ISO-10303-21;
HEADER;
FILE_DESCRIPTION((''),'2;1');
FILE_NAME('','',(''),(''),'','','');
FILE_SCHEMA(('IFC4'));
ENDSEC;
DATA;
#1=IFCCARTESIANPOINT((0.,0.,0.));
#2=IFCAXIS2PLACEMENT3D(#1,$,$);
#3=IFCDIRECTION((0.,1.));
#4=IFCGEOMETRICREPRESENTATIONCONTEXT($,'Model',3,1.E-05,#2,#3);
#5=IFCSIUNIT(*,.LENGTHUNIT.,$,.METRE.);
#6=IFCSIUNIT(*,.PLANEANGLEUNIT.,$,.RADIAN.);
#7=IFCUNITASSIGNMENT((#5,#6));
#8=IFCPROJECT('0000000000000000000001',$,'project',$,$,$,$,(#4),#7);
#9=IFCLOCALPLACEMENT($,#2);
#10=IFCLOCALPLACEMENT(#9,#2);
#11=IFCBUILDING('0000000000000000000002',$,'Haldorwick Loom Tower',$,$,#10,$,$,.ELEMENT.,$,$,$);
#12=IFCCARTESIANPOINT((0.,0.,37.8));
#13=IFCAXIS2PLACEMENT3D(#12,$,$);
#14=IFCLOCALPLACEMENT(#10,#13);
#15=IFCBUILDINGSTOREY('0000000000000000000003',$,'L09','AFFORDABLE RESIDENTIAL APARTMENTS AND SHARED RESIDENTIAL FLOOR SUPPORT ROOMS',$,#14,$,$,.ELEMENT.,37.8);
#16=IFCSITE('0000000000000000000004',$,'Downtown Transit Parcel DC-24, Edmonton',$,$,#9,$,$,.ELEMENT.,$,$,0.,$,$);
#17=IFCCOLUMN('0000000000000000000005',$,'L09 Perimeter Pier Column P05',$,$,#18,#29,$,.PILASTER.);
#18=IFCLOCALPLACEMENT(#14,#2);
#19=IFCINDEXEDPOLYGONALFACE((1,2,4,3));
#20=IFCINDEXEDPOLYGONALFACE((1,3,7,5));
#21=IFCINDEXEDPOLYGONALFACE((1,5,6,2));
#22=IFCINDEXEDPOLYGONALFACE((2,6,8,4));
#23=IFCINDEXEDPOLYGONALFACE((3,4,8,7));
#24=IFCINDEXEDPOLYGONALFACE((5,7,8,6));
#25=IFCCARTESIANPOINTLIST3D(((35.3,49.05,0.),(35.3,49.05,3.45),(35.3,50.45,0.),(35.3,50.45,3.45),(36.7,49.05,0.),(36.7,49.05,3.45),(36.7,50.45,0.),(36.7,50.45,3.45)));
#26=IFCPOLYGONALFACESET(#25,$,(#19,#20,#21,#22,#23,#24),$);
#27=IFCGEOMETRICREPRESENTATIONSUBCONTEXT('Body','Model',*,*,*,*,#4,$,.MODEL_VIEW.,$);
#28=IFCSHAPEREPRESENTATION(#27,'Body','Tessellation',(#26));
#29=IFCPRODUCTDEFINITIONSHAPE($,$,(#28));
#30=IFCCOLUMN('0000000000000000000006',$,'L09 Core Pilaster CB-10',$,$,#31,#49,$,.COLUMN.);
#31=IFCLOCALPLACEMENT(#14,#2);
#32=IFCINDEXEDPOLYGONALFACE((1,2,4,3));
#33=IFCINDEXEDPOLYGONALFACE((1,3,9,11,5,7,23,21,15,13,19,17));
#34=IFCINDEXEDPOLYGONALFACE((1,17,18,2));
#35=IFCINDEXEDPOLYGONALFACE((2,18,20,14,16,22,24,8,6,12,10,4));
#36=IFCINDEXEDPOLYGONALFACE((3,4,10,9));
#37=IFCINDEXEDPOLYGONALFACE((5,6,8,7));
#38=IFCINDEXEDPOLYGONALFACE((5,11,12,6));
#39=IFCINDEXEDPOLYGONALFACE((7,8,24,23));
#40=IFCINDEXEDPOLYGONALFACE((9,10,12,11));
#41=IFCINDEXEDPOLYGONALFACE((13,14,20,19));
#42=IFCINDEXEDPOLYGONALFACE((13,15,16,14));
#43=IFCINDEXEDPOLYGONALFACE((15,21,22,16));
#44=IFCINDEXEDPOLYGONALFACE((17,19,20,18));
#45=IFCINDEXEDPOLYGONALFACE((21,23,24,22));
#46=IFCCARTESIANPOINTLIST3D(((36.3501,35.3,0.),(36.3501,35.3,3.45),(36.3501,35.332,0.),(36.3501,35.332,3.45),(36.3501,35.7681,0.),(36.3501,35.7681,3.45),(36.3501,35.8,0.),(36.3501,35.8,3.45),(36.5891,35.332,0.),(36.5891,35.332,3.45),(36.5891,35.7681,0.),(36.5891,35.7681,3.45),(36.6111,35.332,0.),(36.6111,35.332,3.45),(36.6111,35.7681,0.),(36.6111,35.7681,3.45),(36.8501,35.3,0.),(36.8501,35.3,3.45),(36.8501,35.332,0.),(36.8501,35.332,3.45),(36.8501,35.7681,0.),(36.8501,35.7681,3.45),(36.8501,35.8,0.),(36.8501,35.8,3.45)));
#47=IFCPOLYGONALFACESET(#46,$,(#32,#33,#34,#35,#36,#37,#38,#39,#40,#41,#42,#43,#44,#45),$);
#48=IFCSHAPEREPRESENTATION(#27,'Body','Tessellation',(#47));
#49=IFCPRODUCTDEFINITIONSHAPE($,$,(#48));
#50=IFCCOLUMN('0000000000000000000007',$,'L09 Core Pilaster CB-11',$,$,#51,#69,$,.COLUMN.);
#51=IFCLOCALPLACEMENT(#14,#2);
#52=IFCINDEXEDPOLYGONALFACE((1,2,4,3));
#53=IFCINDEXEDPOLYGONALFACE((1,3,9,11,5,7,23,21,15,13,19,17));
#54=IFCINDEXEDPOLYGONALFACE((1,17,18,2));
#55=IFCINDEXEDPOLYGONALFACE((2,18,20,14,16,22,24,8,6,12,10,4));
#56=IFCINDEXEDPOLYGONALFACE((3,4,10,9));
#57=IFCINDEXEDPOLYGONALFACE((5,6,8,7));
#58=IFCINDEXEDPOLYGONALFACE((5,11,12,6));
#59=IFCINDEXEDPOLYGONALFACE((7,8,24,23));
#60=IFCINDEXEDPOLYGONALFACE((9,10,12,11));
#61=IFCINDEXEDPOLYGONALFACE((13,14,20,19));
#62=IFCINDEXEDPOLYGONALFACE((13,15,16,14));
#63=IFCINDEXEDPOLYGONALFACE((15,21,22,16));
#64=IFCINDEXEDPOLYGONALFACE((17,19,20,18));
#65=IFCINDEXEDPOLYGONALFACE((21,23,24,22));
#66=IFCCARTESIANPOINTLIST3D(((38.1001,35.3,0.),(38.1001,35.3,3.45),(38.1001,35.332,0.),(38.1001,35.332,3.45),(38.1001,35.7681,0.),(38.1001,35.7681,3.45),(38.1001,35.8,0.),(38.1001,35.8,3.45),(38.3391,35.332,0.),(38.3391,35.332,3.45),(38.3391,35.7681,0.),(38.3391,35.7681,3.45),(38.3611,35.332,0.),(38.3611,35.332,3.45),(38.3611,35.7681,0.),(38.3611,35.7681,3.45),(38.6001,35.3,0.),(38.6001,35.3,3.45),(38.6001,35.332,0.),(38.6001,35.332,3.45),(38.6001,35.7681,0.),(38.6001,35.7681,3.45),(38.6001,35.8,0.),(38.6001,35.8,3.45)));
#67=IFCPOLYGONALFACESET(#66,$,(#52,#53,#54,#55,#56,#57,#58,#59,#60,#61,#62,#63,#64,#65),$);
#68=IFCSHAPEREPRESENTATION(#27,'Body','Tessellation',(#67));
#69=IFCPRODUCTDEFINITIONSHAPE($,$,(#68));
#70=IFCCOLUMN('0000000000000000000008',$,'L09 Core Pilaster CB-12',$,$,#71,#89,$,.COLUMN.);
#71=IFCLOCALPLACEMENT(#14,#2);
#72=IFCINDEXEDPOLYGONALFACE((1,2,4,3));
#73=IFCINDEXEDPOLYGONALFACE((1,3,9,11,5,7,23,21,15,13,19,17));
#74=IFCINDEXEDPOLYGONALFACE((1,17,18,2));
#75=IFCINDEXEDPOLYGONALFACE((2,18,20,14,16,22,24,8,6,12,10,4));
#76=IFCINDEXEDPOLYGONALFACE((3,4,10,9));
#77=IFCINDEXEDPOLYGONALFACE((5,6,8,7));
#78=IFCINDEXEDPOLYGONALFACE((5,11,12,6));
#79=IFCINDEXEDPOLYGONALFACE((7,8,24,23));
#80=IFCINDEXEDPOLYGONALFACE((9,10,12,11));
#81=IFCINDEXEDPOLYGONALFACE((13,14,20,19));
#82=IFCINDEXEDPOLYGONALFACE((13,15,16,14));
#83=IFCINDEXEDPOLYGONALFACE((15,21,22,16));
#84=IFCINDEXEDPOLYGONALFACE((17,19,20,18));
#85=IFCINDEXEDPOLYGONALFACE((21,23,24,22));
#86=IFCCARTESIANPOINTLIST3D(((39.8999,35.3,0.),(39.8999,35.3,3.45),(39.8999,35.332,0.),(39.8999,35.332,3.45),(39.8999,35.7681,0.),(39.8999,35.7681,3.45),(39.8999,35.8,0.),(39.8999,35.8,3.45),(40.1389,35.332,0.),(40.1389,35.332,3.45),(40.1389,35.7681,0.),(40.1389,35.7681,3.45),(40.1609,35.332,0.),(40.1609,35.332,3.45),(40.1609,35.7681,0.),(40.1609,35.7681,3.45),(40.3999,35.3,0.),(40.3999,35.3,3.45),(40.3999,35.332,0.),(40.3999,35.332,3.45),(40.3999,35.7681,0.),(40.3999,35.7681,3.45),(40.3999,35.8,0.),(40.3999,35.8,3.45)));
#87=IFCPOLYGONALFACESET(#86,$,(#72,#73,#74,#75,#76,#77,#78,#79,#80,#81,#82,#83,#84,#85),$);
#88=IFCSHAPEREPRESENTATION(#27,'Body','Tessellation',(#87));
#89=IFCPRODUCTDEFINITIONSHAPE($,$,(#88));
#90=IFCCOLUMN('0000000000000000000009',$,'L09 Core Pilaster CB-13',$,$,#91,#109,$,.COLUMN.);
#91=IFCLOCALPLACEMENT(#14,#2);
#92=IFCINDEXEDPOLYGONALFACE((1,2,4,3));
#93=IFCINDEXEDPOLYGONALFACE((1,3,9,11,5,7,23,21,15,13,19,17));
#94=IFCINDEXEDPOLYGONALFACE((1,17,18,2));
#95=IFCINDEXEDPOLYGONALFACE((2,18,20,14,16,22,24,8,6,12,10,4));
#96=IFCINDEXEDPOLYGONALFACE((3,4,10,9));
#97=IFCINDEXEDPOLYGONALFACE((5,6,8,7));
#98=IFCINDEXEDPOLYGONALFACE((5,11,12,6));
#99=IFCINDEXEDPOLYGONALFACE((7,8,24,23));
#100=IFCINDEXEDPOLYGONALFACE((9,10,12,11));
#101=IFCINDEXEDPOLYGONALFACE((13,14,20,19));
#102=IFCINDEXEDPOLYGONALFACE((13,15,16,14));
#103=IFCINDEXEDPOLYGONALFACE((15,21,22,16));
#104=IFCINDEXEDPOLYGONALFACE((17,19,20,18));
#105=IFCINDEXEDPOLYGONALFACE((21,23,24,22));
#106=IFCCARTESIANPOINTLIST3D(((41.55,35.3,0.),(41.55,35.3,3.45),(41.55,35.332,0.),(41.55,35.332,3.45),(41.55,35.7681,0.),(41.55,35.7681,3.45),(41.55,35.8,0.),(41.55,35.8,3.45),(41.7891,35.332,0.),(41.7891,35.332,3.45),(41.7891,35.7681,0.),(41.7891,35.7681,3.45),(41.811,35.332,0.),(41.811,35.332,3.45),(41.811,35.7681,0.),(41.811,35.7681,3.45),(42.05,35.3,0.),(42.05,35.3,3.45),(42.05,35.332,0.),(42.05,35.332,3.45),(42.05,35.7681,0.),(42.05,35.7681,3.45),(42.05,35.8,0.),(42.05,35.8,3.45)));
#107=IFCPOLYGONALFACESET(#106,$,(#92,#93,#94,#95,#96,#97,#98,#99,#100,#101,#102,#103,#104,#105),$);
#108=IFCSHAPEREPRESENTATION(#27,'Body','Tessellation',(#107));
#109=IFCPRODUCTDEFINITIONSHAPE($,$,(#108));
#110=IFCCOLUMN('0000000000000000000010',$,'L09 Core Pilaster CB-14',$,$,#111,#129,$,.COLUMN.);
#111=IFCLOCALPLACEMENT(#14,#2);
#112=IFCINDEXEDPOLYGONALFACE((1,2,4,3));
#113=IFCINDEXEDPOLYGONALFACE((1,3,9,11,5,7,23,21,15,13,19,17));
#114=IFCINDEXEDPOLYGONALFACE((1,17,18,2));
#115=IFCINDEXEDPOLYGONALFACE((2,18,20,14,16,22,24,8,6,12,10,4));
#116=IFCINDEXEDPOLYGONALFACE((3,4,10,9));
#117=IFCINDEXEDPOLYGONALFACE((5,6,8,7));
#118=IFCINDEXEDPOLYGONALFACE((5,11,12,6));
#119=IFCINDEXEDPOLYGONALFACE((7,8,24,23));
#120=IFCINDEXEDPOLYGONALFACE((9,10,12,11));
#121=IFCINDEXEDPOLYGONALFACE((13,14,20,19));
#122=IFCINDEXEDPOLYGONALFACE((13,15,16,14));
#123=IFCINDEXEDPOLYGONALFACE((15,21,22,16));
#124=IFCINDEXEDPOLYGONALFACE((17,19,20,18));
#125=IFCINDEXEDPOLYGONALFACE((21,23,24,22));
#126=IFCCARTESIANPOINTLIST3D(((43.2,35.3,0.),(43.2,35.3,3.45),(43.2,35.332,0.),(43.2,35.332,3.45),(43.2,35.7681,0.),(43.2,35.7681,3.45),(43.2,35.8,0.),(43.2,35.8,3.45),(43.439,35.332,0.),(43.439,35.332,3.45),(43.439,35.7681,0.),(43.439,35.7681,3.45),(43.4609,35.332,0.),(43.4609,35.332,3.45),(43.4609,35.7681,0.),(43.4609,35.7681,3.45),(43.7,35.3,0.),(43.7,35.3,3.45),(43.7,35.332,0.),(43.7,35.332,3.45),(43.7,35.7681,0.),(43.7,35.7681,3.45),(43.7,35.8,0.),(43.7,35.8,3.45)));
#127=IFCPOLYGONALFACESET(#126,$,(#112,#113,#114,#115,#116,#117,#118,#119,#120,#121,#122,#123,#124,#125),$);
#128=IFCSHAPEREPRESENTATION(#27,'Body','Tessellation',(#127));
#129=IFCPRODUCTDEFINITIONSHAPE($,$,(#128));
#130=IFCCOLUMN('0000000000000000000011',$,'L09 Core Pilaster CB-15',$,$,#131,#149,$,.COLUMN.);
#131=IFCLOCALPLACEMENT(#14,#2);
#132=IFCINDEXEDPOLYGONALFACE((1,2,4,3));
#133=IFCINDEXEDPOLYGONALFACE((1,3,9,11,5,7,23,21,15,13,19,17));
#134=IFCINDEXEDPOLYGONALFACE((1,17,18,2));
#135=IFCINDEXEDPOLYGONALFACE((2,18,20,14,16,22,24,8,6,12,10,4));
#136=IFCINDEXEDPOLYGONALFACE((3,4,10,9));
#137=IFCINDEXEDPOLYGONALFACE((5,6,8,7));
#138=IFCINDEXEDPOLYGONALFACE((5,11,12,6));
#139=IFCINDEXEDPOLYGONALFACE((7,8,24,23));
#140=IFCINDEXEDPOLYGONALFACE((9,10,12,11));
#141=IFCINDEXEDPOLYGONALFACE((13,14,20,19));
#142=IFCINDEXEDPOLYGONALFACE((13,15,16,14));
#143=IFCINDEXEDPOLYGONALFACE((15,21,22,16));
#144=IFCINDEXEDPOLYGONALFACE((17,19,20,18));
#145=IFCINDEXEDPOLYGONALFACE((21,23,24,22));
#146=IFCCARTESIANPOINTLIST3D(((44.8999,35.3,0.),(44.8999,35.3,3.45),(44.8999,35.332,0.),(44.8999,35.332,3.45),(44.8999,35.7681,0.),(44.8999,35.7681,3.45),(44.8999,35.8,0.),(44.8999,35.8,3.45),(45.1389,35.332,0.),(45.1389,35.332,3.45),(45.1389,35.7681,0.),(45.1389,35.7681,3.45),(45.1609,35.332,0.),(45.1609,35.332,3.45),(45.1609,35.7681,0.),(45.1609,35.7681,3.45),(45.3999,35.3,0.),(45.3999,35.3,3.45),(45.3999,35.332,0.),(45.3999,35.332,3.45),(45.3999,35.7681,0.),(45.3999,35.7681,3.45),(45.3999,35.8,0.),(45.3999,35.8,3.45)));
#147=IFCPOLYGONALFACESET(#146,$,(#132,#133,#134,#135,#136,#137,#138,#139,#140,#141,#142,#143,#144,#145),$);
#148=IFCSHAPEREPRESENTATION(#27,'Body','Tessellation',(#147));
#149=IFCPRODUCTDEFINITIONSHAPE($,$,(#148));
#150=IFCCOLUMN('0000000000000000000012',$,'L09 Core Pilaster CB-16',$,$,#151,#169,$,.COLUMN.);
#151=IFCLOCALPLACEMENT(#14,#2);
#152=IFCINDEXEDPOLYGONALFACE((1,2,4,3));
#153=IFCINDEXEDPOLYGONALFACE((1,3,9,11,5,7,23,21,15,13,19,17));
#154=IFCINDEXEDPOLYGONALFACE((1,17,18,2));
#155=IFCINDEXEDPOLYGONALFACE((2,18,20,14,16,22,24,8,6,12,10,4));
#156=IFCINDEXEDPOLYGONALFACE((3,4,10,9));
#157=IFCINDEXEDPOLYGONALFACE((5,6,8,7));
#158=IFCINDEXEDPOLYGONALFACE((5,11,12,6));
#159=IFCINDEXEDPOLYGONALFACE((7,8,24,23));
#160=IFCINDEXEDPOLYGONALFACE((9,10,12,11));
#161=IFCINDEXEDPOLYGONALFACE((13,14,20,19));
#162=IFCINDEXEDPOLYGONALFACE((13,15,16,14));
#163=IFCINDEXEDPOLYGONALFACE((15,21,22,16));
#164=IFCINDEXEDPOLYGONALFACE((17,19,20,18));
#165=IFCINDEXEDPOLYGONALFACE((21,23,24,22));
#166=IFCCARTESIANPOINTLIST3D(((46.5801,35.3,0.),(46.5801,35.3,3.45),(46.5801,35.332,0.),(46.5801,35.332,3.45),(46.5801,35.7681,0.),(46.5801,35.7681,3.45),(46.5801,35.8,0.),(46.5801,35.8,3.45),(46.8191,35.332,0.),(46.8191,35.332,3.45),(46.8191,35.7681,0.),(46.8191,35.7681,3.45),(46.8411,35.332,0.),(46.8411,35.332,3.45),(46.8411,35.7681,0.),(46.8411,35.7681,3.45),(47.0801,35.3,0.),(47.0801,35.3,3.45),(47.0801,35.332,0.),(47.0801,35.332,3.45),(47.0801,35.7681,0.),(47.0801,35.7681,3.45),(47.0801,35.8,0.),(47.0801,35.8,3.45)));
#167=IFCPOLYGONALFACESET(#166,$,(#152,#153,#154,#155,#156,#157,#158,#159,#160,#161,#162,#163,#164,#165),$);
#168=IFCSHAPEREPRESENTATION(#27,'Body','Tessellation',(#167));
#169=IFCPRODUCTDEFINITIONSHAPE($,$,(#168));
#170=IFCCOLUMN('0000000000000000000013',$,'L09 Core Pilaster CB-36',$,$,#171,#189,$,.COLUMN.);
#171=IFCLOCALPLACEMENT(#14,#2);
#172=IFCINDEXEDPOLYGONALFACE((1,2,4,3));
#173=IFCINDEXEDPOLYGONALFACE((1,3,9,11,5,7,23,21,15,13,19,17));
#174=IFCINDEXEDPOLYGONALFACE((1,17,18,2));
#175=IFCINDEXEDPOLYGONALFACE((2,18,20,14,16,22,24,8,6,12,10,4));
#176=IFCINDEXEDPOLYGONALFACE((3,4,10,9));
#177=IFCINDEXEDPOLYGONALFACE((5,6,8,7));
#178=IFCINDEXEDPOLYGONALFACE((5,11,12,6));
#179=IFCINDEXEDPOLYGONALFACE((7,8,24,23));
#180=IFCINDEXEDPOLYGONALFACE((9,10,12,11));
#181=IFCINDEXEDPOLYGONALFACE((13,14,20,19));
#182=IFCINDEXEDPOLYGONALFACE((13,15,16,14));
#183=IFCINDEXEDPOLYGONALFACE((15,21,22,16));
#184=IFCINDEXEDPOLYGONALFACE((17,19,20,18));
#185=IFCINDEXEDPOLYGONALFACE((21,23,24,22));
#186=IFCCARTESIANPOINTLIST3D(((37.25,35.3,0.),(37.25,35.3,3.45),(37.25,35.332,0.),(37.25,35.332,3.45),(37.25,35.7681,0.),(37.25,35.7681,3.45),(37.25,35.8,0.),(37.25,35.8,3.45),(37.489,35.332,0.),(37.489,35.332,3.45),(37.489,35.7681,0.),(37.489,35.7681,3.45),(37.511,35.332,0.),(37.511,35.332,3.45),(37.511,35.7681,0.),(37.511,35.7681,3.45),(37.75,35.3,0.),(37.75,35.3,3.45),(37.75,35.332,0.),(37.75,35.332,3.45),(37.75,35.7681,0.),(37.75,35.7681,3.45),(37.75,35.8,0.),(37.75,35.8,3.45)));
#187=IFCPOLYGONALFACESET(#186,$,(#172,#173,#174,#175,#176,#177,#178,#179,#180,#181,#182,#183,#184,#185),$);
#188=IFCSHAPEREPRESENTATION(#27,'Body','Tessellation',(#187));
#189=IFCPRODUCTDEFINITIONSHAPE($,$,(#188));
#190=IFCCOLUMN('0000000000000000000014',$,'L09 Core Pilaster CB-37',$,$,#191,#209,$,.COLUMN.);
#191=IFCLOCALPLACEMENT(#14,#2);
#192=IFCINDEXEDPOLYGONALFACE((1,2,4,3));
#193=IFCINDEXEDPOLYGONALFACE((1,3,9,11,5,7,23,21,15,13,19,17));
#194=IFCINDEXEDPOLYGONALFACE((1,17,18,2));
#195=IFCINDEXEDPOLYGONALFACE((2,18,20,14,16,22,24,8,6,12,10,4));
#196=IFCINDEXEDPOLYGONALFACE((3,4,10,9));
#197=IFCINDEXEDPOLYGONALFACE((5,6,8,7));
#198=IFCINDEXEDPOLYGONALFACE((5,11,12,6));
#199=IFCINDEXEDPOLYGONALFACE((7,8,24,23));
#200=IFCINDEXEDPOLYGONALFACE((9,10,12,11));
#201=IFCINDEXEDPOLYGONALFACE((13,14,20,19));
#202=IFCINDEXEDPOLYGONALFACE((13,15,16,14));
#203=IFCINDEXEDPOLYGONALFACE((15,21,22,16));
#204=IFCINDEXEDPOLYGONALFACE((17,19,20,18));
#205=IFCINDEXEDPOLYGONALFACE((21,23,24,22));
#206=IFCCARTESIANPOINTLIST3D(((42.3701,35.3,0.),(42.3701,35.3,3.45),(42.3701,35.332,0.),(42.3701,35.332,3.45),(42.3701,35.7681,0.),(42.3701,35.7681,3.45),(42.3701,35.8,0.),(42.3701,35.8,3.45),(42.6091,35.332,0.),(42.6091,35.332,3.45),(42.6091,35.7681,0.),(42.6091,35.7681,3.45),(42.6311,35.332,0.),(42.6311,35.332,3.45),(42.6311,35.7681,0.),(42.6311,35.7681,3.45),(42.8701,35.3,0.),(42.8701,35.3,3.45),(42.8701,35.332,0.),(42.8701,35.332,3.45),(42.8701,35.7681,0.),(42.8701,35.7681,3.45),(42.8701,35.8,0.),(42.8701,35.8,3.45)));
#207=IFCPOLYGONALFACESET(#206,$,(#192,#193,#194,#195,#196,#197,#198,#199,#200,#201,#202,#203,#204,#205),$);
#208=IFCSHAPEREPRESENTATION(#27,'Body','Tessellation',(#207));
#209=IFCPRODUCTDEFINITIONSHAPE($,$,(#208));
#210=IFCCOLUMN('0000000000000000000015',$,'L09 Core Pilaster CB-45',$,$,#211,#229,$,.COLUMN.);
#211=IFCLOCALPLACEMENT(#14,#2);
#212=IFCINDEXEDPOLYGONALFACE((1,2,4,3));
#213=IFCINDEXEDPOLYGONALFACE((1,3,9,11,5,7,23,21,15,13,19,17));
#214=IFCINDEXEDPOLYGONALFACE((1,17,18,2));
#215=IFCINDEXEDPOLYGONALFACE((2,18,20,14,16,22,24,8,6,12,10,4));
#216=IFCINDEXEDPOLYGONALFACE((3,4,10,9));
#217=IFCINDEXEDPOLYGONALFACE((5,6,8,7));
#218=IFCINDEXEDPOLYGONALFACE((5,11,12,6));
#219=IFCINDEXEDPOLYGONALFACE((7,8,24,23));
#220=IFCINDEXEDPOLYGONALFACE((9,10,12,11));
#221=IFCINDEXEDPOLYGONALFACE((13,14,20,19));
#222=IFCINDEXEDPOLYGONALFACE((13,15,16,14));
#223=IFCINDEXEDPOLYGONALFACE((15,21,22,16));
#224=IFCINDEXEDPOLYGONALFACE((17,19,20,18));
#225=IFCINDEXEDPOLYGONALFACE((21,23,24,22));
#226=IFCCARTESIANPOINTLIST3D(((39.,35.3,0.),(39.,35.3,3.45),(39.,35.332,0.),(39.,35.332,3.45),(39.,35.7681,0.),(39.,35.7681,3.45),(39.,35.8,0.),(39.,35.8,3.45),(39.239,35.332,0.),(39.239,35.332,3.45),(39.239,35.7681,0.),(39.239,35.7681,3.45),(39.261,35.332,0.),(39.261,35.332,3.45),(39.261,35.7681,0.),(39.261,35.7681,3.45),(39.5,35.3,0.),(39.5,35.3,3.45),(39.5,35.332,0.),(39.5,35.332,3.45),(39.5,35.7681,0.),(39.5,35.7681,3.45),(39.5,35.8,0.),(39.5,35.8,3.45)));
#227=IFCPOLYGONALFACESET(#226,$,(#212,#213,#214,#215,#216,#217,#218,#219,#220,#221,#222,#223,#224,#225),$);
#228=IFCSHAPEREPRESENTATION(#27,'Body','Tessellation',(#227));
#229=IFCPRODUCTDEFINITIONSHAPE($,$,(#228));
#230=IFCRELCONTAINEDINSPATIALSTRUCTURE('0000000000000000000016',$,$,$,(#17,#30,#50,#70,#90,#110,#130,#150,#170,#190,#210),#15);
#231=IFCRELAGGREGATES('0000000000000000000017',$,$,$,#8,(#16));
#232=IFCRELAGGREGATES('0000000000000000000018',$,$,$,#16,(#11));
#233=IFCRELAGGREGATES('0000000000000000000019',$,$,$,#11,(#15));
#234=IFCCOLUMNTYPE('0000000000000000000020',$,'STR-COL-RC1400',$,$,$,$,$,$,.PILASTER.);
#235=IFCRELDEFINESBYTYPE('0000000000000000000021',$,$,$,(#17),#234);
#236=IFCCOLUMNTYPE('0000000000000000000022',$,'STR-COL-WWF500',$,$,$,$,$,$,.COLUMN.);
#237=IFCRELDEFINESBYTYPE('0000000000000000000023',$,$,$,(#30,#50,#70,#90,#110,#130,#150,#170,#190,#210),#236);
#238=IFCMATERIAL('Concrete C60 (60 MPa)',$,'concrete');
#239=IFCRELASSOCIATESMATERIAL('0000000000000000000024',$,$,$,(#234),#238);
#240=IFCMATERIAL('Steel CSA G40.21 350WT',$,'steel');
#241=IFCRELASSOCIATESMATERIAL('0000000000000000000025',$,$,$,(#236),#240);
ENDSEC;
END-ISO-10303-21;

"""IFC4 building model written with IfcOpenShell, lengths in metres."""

from ifc_helpers import new_model, si_unit, direction, frame, origin, origin_2d, place, context, subcontext, project, spatial, rectangle, i_section, extrude, material, material_profile, profile_set, type_object, element, save


model = new_model("IFC4")

# Units and contexts
model_context = context("Model", 3, precision=1e-05, world=origin(), true_north=direction((0.0, 1.0)))
body_context = subcontext(model_context, "Body", "Model", "MODEL_VIEW")
ifc_project = project(units=[si_unit("LENGTHUNIT", "METRE"), si_unit("PLANEANGLEUNIT", "RADIAN")], contexts=[model_context])

# Site, building, storey
site_placement = place(None, origin())
site = spatial("IfcSite", under=ifc_project, at=site_placement, Name="Downtown Transit Parcel DC-24, Edmonton", CompositionType="ELEMENT", RefElevation=0.0)
building_placement = place(site_placement, origin())
building = spatial("IfcBuilding", under=site, at=building_placement, Name="Haldorwick Loom Tower", CompositionType="ELEMENT")
storey_placement = place(building_placement, frame((0.0, 0.0, 37.8)))
storey = spatial("IfcBuildingStorey", under=building, at=storey_placement, Name="L09", Description="AFFORDABLE RESIDENTIAL APARTMENTS AND SHARED RESIDENTIAL FLOOR SUPPORT ROOMS", CompositionType="ELEMENT", Elevation=37.8)

# Columns
ifc_material_1 = material(Name="Concrete C60 (60 MPa)", Category="concrete")
ifc_material_profile_1 = material_profile(ifc_material_1, rectangle(XDim=1.3999, YDim=1.3999, at=origin_2d()), Name="RC1400X1400", Category="concrete")
ifc_profile_set_1 = profile_set([ifc_material_profile_1], Name="Concrete C60 (60 MPa)")
column_type_1 = type_object("IfcColumnType", Name="STR-COL-RC1400", PredefinedType="PILASTER", material=ifc_profile_set_1)
column_placement = place(storey_placement, frame((36.0, 49.75, 0.0), z_axis=(0.0, 0.0, 1.0), x_axis=(0.0, 1.0, 0.0)))
element("IfcColumn", 1, at=column_placement, inside=storey, type_object=column_type_1, Name="L09 Perimeter Pier Column P05", PredefinedType="PILASTER", context=body_context, shape_type="SweptSolid", body=[
    extrude(rectangle(XDim=1.3999, YDim=1.3999, at=origin_2d()), origin(), (0.0, 0.0, 1.0), 3.45),
])
ifc_material_2 = material(Name="Steel CSA G40.21 350WT", Category="steel")
ifc_material_profile_2 = material_profile(ifc_material_2, i_section(OverallWidth=0.5, OverallDepth=0.5, WebThickness=0.022, FlangeThickness=0.032, at=origin_2d()), Name="WWF500X500", Category="steel")
ifc_profile_set_2 = profile_set([ifc_material_profile_2], Name="Steel CSA G40.21 350WT")
column_type_2 = type_object("IfcColumnType", Name="STR-COL-WWF500", PredefinedType="COLUMN", material=ifc_profile_set_2)
for number, where, z_axis, x_axis, name in (
    (2, (36.6001, 35.55, 0.0), (0.0, 0.0, 1.0), (1.0, 0.0, 0.0), "L09 Core Pilaster CB-10"),
    (3, (38.3501, 35.55, 0.0), (0.0, 0.0, 1.0), (1.0, 0.0, 0.0), "L09 Core Pilaster CB-11"),
    (4, (40.1499, 35.55, 0.0), (0.0, 0.0, 1.0), (1.0, 0.0, 0.0), "L09 Core Pilaster CB-12"),
    (5, (41.8, 35.55, 0.0), (0.0, 0.0, 1.0), (1.0, 0.0, 0.0), "L09 Core Pilaster CB-13"),
    (6, (43.45, 35.55, 0.0), (0.0, 0.0, 1.0), (1.0, 0.0, 0.0), "L09 Core Pilaster CB-14"),
    (7, (45.1499, 35.55, 0.0), (0.0, 0.0, 1.0), (1.0, 0.0, 0.0), "L09 Core Pilaster CB-15"),
    (8, (46.8301, 35.55, 0.0), (0.0, 0.0, 1.0), (1.0, 0.0, 0.0), "L09 Core Pilaster CB-16"),
    (9, (37.5, 35.55, 0.0), (0.0, 0.0, 1.0), (1.0, 0.0, 0.0), "L09 Core Pilaster CB-36"),
    (10, (42.6201, 35.55, 0.0), (0.0, 0.0, 1.0), (1.0, 0.0, 0.0), "L09 Core Pilaster CB-37"),
    (11, (39.25, 35.55, 0.0), (0.0, 0.0, 1.0), (1.0, 0.0, 0.0), "L09 Core Pilaster CB-45"),
):
    element("IfcColumn", number, at=place(storey_placement, frame(where, z_axis=z_axis, x_axis=x_axis)), inside=storey, type_object=column_type_2, Name=name, PredefinedType="COLUMN", context=body_context, shape_type="SweptSolid", body=[
        extrude(i_section(OverallWidth=0.5, OverallDepth=0.5, WebThickness=0.022, FlangeThickness=0.032, at=origin_2d()), origin(), (0.0, 0.0, 1.0), 3.45),
    ])

save(model, "model.ifc")
